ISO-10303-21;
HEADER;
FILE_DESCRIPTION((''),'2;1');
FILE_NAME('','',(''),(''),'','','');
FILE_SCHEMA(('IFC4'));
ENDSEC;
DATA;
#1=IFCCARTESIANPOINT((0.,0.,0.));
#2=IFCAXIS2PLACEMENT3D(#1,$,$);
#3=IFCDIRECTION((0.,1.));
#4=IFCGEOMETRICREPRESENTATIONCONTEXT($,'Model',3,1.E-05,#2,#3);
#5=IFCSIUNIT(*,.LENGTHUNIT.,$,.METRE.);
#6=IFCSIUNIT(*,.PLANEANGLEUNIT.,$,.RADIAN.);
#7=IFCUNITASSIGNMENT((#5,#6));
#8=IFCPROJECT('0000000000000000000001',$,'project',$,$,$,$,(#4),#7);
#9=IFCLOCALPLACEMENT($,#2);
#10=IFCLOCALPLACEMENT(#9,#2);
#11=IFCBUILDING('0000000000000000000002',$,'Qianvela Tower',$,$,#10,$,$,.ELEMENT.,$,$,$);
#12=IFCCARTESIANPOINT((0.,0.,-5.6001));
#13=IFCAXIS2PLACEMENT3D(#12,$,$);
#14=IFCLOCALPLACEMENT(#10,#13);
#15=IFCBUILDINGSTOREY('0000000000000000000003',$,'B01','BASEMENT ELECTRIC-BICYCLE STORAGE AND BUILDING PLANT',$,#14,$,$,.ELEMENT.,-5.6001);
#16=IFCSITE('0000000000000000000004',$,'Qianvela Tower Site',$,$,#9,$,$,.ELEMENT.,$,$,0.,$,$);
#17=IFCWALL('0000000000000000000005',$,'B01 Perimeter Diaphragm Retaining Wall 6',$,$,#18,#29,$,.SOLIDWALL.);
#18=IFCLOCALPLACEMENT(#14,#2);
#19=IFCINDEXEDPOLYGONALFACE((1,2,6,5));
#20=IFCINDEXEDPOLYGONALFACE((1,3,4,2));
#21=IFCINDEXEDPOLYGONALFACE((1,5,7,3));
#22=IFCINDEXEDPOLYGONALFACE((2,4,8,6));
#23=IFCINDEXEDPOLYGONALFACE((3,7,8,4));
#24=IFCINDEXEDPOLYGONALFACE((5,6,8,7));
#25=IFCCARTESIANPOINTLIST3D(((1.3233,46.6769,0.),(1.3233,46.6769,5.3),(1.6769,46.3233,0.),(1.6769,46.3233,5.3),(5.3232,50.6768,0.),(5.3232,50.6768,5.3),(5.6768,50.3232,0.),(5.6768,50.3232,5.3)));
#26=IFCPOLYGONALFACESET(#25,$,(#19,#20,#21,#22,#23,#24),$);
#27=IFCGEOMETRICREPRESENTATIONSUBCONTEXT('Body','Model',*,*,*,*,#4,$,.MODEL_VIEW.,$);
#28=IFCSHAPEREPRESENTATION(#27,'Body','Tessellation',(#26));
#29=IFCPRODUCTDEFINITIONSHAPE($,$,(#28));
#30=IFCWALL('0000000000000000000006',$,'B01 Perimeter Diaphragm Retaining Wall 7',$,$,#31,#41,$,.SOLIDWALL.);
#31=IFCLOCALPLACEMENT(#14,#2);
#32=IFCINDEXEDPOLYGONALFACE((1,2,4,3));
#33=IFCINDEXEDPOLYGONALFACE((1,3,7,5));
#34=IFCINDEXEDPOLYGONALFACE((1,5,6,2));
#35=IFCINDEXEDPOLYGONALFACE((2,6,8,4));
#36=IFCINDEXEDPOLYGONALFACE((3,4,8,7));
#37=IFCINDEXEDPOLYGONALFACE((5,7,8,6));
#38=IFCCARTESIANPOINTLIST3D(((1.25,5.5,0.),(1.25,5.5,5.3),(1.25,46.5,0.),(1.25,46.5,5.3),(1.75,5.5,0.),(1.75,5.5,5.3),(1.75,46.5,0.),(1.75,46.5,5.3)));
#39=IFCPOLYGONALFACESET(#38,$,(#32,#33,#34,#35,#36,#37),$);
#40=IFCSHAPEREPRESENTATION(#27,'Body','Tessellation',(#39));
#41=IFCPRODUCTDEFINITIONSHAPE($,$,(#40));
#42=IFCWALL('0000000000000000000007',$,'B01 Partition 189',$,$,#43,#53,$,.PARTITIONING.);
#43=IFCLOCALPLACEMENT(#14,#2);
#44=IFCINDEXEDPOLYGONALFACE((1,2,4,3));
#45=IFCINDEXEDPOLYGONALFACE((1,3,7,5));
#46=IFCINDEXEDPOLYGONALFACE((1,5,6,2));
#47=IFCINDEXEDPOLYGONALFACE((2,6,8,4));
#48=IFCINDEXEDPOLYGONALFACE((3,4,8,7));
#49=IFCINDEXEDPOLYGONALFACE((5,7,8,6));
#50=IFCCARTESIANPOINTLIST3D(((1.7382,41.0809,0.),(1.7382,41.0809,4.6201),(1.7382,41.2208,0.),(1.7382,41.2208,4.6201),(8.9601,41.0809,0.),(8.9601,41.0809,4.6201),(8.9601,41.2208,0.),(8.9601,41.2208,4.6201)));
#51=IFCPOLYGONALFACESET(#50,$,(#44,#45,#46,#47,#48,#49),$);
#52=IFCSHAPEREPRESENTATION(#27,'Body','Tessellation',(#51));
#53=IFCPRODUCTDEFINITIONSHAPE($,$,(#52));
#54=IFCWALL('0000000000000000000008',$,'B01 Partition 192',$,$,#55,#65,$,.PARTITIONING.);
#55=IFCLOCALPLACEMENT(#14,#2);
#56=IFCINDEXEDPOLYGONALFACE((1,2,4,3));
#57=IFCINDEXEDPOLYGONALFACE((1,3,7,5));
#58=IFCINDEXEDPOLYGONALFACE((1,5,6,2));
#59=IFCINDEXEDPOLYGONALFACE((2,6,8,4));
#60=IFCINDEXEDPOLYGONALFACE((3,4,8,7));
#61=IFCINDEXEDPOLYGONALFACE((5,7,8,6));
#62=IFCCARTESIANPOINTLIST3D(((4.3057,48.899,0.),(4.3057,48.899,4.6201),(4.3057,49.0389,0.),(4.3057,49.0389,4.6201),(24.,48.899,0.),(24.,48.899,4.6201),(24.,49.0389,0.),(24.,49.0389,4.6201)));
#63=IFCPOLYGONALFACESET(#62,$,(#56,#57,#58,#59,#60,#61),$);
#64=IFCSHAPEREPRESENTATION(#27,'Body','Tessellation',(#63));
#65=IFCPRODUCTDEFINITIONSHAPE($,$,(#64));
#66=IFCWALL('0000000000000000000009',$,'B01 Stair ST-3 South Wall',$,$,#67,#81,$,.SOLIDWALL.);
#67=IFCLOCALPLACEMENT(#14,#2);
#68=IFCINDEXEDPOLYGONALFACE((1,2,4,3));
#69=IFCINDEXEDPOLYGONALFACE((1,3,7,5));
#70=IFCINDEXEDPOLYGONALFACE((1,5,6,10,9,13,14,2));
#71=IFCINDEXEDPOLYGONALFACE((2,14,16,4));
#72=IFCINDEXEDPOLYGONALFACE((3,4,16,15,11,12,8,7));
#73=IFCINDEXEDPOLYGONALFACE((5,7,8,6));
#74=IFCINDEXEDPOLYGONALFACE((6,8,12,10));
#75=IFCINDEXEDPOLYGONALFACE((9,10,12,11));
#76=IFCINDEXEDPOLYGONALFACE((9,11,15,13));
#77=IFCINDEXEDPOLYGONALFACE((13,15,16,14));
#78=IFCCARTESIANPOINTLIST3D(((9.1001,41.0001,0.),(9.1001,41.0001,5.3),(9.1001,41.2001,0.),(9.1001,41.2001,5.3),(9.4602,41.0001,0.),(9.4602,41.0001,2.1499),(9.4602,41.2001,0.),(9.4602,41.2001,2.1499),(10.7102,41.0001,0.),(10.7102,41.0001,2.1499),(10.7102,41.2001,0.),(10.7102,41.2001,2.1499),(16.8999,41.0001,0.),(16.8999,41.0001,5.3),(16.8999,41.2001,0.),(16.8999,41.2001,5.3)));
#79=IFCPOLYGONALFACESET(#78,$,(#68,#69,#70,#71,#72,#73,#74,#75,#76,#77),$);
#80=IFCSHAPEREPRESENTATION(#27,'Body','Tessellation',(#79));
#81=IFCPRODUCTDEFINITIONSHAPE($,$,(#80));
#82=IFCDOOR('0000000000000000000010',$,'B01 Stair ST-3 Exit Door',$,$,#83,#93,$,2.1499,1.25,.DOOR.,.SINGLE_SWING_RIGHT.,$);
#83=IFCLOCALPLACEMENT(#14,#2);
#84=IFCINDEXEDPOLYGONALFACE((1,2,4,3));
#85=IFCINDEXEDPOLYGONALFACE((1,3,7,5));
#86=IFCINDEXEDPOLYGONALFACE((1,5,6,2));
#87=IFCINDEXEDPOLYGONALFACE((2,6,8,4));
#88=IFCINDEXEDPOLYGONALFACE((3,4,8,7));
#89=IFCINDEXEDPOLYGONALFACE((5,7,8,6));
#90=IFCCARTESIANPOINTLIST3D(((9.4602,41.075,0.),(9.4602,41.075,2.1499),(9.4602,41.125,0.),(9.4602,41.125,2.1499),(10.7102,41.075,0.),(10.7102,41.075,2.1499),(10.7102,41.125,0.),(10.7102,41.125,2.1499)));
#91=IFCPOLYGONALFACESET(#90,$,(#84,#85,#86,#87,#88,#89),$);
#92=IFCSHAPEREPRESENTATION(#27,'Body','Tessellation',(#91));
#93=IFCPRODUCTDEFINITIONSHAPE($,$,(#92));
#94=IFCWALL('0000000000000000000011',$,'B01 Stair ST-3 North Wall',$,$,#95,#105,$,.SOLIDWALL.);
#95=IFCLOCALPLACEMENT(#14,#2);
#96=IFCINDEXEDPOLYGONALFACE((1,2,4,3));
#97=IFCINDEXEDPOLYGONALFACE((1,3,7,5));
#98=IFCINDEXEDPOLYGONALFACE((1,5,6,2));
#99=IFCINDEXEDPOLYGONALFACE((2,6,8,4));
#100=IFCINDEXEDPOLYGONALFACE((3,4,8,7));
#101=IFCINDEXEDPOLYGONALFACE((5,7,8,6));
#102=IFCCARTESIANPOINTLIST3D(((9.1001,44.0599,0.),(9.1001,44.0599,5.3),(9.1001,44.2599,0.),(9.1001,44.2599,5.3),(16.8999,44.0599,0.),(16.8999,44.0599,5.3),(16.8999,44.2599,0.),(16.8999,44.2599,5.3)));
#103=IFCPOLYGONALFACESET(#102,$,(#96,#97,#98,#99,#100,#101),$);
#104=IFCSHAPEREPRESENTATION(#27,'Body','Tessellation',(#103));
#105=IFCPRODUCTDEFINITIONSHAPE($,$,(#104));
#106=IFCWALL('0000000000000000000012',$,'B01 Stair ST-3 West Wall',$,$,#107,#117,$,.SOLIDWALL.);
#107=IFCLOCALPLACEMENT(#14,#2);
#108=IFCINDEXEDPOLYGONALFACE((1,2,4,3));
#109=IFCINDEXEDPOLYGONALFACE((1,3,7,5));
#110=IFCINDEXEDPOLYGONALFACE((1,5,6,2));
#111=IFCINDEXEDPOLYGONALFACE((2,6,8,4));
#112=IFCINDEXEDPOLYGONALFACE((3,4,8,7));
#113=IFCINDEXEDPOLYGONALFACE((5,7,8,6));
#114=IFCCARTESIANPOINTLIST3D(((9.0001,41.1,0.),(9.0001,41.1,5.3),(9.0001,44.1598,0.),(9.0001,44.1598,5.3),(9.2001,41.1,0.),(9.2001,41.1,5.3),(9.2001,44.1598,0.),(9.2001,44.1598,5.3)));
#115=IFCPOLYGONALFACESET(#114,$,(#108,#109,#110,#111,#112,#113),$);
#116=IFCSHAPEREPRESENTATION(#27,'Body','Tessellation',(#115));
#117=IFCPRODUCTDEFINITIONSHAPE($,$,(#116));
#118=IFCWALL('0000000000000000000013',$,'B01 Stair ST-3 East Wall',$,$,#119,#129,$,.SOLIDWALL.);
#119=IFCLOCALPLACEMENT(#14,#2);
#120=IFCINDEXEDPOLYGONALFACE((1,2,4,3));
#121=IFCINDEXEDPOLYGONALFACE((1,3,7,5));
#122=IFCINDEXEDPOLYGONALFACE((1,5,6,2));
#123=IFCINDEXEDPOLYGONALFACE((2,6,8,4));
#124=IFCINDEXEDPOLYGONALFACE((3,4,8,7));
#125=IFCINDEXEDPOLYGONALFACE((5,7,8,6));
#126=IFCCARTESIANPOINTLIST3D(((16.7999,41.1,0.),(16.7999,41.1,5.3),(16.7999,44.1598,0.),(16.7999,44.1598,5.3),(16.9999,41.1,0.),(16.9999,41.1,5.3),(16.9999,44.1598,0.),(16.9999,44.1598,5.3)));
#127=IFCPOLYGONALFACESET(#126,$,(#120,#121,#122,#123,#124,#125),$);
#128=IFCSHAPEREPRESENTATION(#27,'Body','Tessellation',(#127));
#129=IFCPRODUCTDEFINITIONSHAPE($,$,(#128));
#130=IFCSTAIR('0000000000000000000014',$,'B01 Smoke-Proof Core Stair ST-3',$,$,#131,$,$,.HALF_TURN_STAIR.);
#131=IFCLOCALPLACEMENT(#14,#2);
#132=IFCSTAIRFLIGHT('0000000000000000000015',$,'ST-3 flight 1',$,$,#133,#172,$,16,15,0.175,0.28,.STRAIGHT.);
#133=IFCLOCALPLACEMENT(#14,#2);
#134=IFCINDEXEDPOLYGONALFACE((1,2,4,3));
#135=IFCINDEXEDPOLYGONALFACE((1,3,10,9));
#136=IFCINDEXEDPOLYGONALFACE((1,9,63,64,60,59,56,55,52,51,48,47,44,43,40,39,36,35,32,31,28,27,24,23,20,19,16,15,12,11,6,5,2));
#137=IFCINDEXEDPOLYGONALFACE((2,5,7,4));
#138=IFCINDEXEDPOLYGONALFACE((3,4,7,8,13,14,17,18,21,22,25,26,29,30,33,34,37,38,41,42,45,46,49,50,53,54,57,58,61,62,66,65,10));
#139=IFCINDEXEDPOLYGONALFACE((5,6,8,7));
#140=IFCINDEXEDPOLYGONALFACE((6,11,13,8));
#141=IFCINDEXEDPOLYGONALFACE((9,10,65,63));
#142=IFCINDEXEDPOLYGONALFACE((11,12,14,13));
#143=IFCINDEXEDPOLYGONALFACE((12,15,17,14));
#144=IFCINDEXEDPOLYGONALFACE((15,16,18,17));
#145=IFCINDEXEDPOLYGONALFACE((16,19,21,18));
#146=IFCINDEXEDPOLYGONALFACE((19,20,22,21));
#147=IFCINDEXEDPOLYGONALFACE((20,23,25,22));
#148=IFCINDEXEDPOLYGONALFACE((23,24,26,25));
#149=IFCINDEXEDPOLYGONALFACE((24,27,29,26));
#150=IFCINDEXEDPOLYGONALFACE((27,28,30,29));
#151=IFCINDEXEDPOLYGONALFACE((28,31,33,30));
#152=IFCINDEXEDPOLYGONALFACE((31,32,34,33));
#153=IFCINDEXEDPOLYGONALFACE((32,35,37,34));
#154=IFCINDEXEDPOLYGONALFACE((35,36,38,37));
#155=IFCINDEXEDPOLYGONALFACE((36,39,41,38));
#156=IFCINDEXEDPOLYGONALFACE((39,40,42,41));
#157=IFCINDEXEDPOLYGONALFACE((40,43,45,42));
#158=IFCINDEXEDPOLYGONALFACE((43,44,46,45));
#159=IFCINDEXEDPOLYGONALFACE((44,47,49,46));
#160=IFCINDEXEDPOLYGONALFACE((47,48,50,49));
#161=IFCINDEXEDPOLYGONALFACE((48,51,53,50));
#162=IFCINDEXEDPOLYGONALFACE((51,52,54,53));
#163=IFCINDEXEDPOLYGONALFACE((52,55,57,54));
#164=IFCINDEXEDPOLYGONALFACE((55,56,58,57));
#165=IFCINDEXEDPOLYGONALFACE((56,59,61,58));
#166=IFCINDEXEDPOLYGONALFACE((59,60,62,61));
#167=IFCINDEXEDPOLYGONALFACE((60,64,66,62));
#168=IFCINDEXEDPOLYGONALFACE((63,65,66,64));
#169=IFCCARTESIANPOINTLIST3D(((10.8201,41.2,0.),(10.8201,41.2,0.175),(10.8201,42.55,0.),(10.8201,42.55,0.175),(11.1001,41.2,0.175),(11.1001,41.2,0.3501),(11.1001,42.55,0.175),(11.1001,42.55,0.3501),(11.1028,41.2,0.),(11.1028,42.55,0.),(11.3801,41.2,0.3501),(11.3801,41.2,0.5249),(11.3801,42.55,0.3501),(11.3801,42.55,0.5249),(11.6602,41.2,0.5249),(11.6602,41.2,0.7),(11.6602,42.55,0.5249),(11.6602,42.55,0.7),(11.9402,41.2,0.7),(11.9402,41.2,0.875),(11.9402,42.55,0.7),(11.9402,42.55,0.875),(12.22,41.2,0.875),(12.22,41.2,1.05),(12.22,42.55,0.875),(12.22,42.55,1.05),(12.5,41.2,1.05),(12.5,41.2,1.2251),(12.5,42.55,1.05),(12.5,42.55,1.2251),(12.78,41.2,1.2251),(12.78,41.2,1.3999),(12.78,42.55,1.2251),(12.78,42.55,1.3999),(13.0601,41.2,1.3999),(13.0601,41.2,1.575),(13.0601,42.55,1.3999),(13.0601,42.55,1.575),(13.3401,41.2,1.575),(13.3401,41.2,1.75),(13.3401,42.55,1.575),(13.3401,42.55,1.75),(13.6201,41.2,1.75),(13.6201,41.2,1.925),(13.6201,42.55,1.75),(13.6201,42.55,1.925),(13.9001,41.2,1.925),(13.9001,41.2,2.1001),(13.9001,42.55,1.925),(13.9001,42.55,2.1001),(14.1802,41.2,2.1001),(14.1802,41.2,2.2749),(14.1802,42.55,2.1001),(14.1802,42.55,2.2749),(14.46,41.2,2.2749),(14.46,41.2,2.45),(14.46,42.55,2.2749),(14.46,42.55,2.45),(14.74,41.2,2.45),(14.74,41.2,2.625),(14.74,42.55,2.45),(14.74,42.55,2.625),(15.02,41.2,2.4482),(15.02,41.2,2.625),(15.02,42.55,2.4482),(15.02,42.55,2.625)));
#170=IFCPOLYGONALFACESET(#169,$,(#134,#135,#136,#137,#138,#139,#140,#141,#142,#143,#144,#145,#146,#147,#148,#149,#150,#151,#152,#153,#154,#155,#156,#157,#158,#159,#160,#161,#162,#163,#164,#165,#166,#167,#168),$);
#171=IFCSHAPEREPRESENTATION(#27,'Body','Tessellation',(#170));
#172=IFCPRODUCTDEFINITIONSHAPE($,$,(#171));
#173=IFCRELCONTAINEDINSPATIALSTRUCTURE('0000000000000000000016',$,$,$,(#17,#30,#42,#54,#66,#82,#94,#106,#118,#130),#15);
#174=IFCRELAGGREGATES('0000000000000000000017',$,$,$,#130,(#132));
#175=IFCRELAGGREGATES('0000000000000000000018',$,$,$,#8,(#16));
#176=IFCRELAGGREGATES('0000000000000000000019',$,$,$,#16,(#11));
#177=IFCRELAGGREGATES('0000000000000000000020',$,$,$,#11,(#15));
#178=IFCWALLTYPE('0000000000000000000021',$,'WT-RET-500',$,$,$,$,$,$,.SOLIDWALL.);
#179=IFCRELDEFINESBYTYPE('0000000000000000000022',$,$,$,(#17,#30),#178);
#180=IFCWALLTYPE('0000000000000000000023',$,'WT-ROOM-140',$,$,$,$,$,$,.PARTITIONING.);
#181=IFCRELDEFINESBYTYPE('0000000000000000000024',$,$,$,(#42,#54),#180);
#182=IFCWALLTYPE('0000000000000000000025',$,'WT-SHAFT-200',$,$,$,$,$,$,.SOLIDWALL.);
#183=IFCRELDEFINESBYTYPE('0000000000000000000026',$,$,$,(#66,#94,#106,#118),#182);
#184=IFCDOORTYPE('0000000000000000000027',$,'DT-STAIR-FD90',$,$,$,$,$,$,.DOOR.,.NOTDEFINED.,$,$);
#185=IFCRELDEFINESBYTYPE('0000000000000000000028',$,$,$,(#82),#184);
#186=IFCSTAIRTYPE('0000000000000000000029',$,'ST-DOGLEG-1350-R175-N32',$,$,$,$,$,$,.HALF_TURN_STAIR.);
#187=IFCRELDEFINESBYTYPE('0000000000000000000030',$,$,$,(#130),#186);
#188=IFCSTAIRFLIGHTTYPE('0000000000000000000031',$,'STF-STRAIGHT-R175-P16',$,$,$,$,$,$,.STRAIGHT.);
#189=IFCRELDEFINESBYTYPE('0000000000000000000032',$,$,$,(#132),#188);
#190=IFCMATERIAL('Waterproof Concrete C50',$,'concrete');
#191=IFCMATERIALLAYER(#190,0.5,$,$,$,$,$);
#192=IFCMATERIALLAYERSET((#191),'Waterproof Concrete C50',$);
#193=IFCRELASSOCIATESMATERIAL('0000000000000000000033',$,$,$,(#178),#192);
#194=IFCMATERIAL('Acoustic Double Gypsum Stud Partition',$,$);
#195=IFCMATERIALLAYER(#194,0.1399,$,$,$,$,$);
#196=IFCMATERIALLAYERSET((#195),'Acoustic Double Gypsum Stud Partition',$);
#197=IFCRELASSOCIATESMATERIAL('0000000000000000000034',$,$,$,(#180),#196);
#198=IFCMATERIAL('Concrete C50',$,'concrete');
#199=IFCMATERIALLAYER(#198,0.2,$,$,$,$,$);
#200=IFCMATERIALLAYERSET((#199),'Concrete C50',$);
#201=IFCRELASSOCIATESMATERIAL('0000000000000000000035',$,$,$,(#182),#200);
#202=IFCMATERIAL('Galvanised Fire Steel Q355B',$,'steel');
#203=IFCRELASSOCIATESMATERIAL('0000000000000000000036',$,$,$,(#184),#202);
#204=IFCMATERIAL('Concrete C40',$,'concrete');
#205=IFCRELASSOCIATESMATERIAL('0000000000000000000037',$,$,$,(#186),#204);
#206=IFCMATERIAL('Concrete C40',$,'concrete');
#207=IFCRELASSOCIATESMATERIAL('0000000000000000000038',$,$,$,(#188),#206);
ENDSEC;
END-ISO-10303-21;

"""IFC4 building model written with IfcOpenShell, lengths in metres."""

from ifc_helpers import new_model, si_unit, direction, frame, frame_2d, origin, place, context, subcontext, project, spatial, polyline, rectangle, outline, extrude, material, layer, layer_set, type_object, element, fill, aggregate, save


model = new_model("IFC4")

# Units and contexts
model_context = context("Model", 3, precision=1e-05, world=origin(), true_north=direction((0.0, 1.0)))
body_context = subcontext(model_context, "Body", "Model", "MODEL_VIEW")
ifc_project = project(units=[si_unit("LENGTHUNIT", "METRE"), si_unit("PLANEANGLEUNIT", "RADIAN")], contexts=[model_context])

# Site, building, storey
site_placement = place(None, origin())
site = spatial("IfcSite", under=ifc_project, at=site_placement, Name="Qianvela Tower Site", CompositionType="ELEMENT", RefElevation=0.0)
building_placement = place(site_placement, origin())
building = spatial("IfcBuilding", under=site, at=building_placement, Name="Qianvela Tower", CompositionType="ELEMENT")
storey_placement = place(building_placement, frame((0.0, 0.0, -5.6001)))
storey = spatial("IfcBuildingStorey", under=building, at=storey_placement, Name="B01", Description="BASEMENT ELECTRIC-BICYCLE STORAGE AND BUILDING PLANT", CompositionType="ELEMENT", Elevation=-5.6001)

# Walls
ifc_material_1 = material(Name="Waterproof Concrete C50", Category="concrete")
ifc_layer_1 = layer(ifc_material_1, 0.5)
ifc_layer_set_1 = layer_set([ifc_layer_1], Name="Waterproof Concrete C50")
wall_type_1 = type_object("IfcWallType", Name="WT-RET-500", PredefinedType="SOLIDWALL", material=ifc_layer_set_1)
wall_1_placement = place(storey_placement, frame((5.5, 50.5, 0.0), z_axis=(0.0, 0.0, 1.0), x_axis=(-0.707107, -0.707107, 0.0)))
element("IfcWall", 1, at=wall_1_placement, inside=storey, type_object=wall_type_1, Name="B01 Perimeter Diaphragm Retaining Wall 6", PredefinedType="SOLIDWALL", context=body_context, shape_type="SweptSolid", body=[
    extrude(rectangle(XDim=5.6567, YDim=0.5, at=frame_2d((2.8284, 0.0))), origin(), (0.0, 0.0, 1.0), 5.3),
])
wall_2_placement = place(storey_placement, frame((1.5, 46.5, 0.0), z_axis=(0.0, 0.0, 1.0), x_axis=(0.0, -1.0, 0.0)))
element("IfcWall", 2, at=wall_2_placement, inside=storey, type_object=wall_type_1, Name="B01 Perimeter Diaphragm Retaining Wall 7", PredefinedType="SOLIDWALL", context=body_context, shape_type="SweptSolid", body=[
    extrude(rectangle(XDim=41.0, YDim=0.5, at=frame_2d((20.5, 0.0))), origin(), (0.0, 0.0, 1.0), 5.3),
])
ifc_material_2 = material(Name="Acoustic Double Gypsum Stud Partition")
ifc_layer_2 = layer(ifc_material_2, 0.1399)
ifc_layer_set_2 = layer_set([ifc_layer_2], Name="Acoustic Double Gypsum Stud Partition")
wall_type_2 = type_object("IfcWallType", Name="WT-ROOM-140", PredefinedType="PARTITIONING", material=ifc_layer_set_2)
wall_3_placement = place(storey_placement, frame((8.96, 41.1509, 0.0), z_axis=(0.0, 0.0, 1.0), x_axis=(-1.0, 0.0, 0.0)))
element("IfcWall", 3, at=wall_3_placement, inside=storey, type_object=wall_type_2, Name="B01 Partition 189", PredefinedType="PARTITIONING", context=body_context, shape_type="SweptSolid", body=[
    extrude(rectangle(XDim=7.2219, YDim=0.1399, at=frame_2d((3.6108, 0.0))), origin(), (0.0, 0.0, 1.0), 4.6201),
])
wall_4_placement = place(storey_placement, frame((4.3057, 48.969, 0.0), z_axis=(0.0, 0.0, 1.0), x_axis=(1.0, 0.0, 0.0)))
element("IfcWall", 4, at=wall_4_placement, inside=storey, type_object=wall_type_2, Name="B01 Partition 192", PredefinedType="PARTITIONING", context=body_context, shape_type="SweptSolid", body=[
    extrude(rectangle(XDim=19.6943, YDim=0.1399, at=frame_2d((9.8472, 0.0))), origin(), (0.0, 0.0, 1.0), 4.6201),
])

# Wall, opening, door
ifc_material_3 = material(Name="Concrete C50", Category="concrete")
ifc_layer_3 = layer(ifc_material_3, 0.2)
ifc_layer_set_3 = layer_set([ifc_layer_3], Name="Concrete C50")
wall_type_3 = type_object("IfcWallType", Name="WT-SHAFT-200", PredefinedType="SOLIDWALL", material=ifc_layer_set_3)
wall_5_placement = place(storey_placement, frame((9.1001, 41.1001, 0.0), z_axis=(0.0, 0.0, 1.0), x_axis=(1.0, 0.0, 0.0)))
wall_5 = element("IfcWall", 5, at=wall_5_placement, inside=storey, type_object=wall_type_3, Name="B01 Stair ST-3 South Wall", PredefinedType="SOLIDWALL", context=body_context, shape_type="SweptSolid", body=[
    extrude(rectangle(XDim=7.7998, YDim=0.2, at=frame_2d((3.8999, 0.0))), origin(), (0.0, 0.0, 1.0), 5.3),
])
opening_1_placement = place(wall_5_placement, frame((0.3601, 0.0, 0.0)))
opening_1 = element("IfcOpeningElement", 6, at=opening_1_placement, cuts=wall_5, PredefinedType="OPENING", context=body_context, shape_type="SweptSolid", body=[
    extrude(rectangle(XDim=1.25, YDim=2.1499, at=frame_2d((0.625, 1.075))), frame((0.0, 0.1099, 0.0), z_axis=(0.0, -1.0, 0.0), x_axis=(1.0, 0.0, 0.0)), (0.0, 0.0, 1.0), 0.22),
])
ifc_material_4 = material(Name="Galvanised Fire Steel Q355B", Category="steel")
door_type_1 = type_object("IfcDoorType", Name="DT-STAIR-FD90", OperationType="NOTDEFINED", PredefinedType="DOOR", material=ifc_material_4)
door_1_placement = place(opening_1_placement, origin())
door_1 = element("IfcDoor", 7, at=door_1_placement, inside=storey, type_object=door_type_1, Name="B01 Stair ST-3 Exit Door", OperationType="SINGLE_SWING_RIGHT", OverallHeight=2.1499, OverallWidth=1.25, PredefinedType="DOOR", context=body_context, shape_type="SweptSolid", body=[
    extrude(rectangle(XDim=1.25, YDim=2.1499, at=frame_2d((0.625, 1.075))), frame((0.0, 0.0249, 0.0), z_axis=(0.0, -1.0, 0.0), x_axis=(1.0, 0.0, 0.0)), (0.0, 0.0, 1.0), 0.05),
])
fill(opening_1, door_1)

# Walls
wall_6_placement = place(storey_placement, frame((9.1001, 44.1599, 0.0), z_axis=(0.0, 0.0, 1.0), x_axis=(1.0, 0.0, 0.0)))
element("IfcWall", 8, at=wall_6_placement, inside=storey, type_object=wall_type_3, Name="B01 Stair ST-3 North Wall", PredefinedType="SOLIDWALL", context=body_context, shape_type="SweptSolid", body=[
    extrude(rectangle(XDim=7.7998, YDim=0.2, at=frame_2d((3.8999, 0.0))), origin(), (0.0, 0.0, 1.0), 5.3),
])
for number, where, z_axis, x_axis, name in (
    (9, (9.1001, 41.1001, 0.0), (0.0, 0.0, 1.0), (0.0, 1.0, 0.0), "B01 Stair ST-3 West Wall"),
    (10, (16.8999, 41.1001, 0.0), (0.0, 0.0, 1.0), (0.0, 1.0, 0.0), "B01 Stair ST-3 East Wall"),
):
    element("IfcWall", number, at=place(storey_placement, frame(where, z_axis=z_axis, x_axis=x_axis)), inside=storey, type_object=wall_type_3, Name=name, PredefinedType="SOLIDWALL", context=body_context, shape_type="SweptSolid", body=[
        extrude(rectangle(XDim=3.0598, YDim=0.2, at=frame_2d((1.5298, 0.0))), origin(), (0.0, 0.0, 1.0), 5.3),
    ])

# Stair, stair flight
ifc_material_5 = material(Name="Concrete C40", Category="concrete")
stair_type = type_object("IfcStairType", Name="ST-DOGLEG-1350-R175-N32", PredefinedType="HALF_TURN_STAIR", material=ifc_material_5)
stair_placement = place(storey_placement, origin())
stair = element("IfcStair", 11, at=stair_placement, inside=storey, type_object=stair_type, Name="B01 Smoke-Proof Core Stair ST-3", PredefinedType="HALF_TURN_STAIR")
ifc_material_6 = material(Name="Concrete C40", Category="concrete")
stair_flight_type = type_object("IfcStairFlightType", Name="STF-STRAIGHT-R175-P16", PredefinedType="STRAIGHT", material=ifc_material_6)
stair_flight_1_placement = place(storey_placement, frame((10.8201, 41.875, 0.0), z_axis=(0.0, 0.0, 1.0), x_axis=(1.0, 0.0, 0.0)))
stair_flight_1 = element("IfcStairFlight", 12, at=stair_flight_1_placement, type_object=stair_flight_type, Name="ST-3 flight 1", NumberOfRisers=16, NumberOfTreads=15, PredefinedType="STRAIGHT", RiserHeight=0.175, TreadLength=0.28, context=body_context, shape_type="SweptSolid", body=[
    extrude(outline(polyline([(0.0, 0.0), (0.0, 0.175), (0.28, 0.175), (0.28, 0.3501), (0.5601, 0.3501), (0.5601, 0.5249), (0.8401, 0.5249), (0.8401, 0.7), (1.1201, 0.7), (1.1201, 0.875), (1.3999, 0.875), (1.3999, 1.05), (1.6799, 1.05), (1.6799, 1.2251), (1.96, 1.2251), (1.96, 1.3999), (2.24, 1.3999), (2.24, 1.575), (2.52, 1.575), (2.52, 1.75), (2.8, 1.75), (2.8, 1.925), (3.0801, 1.925), (3.0801, 2.1001), (3.3601, 2.1001), (3.3601, 2.2749), (3.6399, 2.2749), (3.6399, 2.45), (3.9199, 2.45), (3.9199, 2.625), (4.2, 2.625), (4.2, 2.8), (4.2, 2.4482), (0.2827, 0.0), (0.0, 0.0)])), frame((0.0, 0.675, 0.0), z_axis=(0.0, -1.0, 0.0), x_axis=(1.0, 0.0, 0.0)), (0.0, 0.0, 1.0), 1.3501),
])
aggregate(stair, [stair_flight_1])

save(model, "model.ifc")
